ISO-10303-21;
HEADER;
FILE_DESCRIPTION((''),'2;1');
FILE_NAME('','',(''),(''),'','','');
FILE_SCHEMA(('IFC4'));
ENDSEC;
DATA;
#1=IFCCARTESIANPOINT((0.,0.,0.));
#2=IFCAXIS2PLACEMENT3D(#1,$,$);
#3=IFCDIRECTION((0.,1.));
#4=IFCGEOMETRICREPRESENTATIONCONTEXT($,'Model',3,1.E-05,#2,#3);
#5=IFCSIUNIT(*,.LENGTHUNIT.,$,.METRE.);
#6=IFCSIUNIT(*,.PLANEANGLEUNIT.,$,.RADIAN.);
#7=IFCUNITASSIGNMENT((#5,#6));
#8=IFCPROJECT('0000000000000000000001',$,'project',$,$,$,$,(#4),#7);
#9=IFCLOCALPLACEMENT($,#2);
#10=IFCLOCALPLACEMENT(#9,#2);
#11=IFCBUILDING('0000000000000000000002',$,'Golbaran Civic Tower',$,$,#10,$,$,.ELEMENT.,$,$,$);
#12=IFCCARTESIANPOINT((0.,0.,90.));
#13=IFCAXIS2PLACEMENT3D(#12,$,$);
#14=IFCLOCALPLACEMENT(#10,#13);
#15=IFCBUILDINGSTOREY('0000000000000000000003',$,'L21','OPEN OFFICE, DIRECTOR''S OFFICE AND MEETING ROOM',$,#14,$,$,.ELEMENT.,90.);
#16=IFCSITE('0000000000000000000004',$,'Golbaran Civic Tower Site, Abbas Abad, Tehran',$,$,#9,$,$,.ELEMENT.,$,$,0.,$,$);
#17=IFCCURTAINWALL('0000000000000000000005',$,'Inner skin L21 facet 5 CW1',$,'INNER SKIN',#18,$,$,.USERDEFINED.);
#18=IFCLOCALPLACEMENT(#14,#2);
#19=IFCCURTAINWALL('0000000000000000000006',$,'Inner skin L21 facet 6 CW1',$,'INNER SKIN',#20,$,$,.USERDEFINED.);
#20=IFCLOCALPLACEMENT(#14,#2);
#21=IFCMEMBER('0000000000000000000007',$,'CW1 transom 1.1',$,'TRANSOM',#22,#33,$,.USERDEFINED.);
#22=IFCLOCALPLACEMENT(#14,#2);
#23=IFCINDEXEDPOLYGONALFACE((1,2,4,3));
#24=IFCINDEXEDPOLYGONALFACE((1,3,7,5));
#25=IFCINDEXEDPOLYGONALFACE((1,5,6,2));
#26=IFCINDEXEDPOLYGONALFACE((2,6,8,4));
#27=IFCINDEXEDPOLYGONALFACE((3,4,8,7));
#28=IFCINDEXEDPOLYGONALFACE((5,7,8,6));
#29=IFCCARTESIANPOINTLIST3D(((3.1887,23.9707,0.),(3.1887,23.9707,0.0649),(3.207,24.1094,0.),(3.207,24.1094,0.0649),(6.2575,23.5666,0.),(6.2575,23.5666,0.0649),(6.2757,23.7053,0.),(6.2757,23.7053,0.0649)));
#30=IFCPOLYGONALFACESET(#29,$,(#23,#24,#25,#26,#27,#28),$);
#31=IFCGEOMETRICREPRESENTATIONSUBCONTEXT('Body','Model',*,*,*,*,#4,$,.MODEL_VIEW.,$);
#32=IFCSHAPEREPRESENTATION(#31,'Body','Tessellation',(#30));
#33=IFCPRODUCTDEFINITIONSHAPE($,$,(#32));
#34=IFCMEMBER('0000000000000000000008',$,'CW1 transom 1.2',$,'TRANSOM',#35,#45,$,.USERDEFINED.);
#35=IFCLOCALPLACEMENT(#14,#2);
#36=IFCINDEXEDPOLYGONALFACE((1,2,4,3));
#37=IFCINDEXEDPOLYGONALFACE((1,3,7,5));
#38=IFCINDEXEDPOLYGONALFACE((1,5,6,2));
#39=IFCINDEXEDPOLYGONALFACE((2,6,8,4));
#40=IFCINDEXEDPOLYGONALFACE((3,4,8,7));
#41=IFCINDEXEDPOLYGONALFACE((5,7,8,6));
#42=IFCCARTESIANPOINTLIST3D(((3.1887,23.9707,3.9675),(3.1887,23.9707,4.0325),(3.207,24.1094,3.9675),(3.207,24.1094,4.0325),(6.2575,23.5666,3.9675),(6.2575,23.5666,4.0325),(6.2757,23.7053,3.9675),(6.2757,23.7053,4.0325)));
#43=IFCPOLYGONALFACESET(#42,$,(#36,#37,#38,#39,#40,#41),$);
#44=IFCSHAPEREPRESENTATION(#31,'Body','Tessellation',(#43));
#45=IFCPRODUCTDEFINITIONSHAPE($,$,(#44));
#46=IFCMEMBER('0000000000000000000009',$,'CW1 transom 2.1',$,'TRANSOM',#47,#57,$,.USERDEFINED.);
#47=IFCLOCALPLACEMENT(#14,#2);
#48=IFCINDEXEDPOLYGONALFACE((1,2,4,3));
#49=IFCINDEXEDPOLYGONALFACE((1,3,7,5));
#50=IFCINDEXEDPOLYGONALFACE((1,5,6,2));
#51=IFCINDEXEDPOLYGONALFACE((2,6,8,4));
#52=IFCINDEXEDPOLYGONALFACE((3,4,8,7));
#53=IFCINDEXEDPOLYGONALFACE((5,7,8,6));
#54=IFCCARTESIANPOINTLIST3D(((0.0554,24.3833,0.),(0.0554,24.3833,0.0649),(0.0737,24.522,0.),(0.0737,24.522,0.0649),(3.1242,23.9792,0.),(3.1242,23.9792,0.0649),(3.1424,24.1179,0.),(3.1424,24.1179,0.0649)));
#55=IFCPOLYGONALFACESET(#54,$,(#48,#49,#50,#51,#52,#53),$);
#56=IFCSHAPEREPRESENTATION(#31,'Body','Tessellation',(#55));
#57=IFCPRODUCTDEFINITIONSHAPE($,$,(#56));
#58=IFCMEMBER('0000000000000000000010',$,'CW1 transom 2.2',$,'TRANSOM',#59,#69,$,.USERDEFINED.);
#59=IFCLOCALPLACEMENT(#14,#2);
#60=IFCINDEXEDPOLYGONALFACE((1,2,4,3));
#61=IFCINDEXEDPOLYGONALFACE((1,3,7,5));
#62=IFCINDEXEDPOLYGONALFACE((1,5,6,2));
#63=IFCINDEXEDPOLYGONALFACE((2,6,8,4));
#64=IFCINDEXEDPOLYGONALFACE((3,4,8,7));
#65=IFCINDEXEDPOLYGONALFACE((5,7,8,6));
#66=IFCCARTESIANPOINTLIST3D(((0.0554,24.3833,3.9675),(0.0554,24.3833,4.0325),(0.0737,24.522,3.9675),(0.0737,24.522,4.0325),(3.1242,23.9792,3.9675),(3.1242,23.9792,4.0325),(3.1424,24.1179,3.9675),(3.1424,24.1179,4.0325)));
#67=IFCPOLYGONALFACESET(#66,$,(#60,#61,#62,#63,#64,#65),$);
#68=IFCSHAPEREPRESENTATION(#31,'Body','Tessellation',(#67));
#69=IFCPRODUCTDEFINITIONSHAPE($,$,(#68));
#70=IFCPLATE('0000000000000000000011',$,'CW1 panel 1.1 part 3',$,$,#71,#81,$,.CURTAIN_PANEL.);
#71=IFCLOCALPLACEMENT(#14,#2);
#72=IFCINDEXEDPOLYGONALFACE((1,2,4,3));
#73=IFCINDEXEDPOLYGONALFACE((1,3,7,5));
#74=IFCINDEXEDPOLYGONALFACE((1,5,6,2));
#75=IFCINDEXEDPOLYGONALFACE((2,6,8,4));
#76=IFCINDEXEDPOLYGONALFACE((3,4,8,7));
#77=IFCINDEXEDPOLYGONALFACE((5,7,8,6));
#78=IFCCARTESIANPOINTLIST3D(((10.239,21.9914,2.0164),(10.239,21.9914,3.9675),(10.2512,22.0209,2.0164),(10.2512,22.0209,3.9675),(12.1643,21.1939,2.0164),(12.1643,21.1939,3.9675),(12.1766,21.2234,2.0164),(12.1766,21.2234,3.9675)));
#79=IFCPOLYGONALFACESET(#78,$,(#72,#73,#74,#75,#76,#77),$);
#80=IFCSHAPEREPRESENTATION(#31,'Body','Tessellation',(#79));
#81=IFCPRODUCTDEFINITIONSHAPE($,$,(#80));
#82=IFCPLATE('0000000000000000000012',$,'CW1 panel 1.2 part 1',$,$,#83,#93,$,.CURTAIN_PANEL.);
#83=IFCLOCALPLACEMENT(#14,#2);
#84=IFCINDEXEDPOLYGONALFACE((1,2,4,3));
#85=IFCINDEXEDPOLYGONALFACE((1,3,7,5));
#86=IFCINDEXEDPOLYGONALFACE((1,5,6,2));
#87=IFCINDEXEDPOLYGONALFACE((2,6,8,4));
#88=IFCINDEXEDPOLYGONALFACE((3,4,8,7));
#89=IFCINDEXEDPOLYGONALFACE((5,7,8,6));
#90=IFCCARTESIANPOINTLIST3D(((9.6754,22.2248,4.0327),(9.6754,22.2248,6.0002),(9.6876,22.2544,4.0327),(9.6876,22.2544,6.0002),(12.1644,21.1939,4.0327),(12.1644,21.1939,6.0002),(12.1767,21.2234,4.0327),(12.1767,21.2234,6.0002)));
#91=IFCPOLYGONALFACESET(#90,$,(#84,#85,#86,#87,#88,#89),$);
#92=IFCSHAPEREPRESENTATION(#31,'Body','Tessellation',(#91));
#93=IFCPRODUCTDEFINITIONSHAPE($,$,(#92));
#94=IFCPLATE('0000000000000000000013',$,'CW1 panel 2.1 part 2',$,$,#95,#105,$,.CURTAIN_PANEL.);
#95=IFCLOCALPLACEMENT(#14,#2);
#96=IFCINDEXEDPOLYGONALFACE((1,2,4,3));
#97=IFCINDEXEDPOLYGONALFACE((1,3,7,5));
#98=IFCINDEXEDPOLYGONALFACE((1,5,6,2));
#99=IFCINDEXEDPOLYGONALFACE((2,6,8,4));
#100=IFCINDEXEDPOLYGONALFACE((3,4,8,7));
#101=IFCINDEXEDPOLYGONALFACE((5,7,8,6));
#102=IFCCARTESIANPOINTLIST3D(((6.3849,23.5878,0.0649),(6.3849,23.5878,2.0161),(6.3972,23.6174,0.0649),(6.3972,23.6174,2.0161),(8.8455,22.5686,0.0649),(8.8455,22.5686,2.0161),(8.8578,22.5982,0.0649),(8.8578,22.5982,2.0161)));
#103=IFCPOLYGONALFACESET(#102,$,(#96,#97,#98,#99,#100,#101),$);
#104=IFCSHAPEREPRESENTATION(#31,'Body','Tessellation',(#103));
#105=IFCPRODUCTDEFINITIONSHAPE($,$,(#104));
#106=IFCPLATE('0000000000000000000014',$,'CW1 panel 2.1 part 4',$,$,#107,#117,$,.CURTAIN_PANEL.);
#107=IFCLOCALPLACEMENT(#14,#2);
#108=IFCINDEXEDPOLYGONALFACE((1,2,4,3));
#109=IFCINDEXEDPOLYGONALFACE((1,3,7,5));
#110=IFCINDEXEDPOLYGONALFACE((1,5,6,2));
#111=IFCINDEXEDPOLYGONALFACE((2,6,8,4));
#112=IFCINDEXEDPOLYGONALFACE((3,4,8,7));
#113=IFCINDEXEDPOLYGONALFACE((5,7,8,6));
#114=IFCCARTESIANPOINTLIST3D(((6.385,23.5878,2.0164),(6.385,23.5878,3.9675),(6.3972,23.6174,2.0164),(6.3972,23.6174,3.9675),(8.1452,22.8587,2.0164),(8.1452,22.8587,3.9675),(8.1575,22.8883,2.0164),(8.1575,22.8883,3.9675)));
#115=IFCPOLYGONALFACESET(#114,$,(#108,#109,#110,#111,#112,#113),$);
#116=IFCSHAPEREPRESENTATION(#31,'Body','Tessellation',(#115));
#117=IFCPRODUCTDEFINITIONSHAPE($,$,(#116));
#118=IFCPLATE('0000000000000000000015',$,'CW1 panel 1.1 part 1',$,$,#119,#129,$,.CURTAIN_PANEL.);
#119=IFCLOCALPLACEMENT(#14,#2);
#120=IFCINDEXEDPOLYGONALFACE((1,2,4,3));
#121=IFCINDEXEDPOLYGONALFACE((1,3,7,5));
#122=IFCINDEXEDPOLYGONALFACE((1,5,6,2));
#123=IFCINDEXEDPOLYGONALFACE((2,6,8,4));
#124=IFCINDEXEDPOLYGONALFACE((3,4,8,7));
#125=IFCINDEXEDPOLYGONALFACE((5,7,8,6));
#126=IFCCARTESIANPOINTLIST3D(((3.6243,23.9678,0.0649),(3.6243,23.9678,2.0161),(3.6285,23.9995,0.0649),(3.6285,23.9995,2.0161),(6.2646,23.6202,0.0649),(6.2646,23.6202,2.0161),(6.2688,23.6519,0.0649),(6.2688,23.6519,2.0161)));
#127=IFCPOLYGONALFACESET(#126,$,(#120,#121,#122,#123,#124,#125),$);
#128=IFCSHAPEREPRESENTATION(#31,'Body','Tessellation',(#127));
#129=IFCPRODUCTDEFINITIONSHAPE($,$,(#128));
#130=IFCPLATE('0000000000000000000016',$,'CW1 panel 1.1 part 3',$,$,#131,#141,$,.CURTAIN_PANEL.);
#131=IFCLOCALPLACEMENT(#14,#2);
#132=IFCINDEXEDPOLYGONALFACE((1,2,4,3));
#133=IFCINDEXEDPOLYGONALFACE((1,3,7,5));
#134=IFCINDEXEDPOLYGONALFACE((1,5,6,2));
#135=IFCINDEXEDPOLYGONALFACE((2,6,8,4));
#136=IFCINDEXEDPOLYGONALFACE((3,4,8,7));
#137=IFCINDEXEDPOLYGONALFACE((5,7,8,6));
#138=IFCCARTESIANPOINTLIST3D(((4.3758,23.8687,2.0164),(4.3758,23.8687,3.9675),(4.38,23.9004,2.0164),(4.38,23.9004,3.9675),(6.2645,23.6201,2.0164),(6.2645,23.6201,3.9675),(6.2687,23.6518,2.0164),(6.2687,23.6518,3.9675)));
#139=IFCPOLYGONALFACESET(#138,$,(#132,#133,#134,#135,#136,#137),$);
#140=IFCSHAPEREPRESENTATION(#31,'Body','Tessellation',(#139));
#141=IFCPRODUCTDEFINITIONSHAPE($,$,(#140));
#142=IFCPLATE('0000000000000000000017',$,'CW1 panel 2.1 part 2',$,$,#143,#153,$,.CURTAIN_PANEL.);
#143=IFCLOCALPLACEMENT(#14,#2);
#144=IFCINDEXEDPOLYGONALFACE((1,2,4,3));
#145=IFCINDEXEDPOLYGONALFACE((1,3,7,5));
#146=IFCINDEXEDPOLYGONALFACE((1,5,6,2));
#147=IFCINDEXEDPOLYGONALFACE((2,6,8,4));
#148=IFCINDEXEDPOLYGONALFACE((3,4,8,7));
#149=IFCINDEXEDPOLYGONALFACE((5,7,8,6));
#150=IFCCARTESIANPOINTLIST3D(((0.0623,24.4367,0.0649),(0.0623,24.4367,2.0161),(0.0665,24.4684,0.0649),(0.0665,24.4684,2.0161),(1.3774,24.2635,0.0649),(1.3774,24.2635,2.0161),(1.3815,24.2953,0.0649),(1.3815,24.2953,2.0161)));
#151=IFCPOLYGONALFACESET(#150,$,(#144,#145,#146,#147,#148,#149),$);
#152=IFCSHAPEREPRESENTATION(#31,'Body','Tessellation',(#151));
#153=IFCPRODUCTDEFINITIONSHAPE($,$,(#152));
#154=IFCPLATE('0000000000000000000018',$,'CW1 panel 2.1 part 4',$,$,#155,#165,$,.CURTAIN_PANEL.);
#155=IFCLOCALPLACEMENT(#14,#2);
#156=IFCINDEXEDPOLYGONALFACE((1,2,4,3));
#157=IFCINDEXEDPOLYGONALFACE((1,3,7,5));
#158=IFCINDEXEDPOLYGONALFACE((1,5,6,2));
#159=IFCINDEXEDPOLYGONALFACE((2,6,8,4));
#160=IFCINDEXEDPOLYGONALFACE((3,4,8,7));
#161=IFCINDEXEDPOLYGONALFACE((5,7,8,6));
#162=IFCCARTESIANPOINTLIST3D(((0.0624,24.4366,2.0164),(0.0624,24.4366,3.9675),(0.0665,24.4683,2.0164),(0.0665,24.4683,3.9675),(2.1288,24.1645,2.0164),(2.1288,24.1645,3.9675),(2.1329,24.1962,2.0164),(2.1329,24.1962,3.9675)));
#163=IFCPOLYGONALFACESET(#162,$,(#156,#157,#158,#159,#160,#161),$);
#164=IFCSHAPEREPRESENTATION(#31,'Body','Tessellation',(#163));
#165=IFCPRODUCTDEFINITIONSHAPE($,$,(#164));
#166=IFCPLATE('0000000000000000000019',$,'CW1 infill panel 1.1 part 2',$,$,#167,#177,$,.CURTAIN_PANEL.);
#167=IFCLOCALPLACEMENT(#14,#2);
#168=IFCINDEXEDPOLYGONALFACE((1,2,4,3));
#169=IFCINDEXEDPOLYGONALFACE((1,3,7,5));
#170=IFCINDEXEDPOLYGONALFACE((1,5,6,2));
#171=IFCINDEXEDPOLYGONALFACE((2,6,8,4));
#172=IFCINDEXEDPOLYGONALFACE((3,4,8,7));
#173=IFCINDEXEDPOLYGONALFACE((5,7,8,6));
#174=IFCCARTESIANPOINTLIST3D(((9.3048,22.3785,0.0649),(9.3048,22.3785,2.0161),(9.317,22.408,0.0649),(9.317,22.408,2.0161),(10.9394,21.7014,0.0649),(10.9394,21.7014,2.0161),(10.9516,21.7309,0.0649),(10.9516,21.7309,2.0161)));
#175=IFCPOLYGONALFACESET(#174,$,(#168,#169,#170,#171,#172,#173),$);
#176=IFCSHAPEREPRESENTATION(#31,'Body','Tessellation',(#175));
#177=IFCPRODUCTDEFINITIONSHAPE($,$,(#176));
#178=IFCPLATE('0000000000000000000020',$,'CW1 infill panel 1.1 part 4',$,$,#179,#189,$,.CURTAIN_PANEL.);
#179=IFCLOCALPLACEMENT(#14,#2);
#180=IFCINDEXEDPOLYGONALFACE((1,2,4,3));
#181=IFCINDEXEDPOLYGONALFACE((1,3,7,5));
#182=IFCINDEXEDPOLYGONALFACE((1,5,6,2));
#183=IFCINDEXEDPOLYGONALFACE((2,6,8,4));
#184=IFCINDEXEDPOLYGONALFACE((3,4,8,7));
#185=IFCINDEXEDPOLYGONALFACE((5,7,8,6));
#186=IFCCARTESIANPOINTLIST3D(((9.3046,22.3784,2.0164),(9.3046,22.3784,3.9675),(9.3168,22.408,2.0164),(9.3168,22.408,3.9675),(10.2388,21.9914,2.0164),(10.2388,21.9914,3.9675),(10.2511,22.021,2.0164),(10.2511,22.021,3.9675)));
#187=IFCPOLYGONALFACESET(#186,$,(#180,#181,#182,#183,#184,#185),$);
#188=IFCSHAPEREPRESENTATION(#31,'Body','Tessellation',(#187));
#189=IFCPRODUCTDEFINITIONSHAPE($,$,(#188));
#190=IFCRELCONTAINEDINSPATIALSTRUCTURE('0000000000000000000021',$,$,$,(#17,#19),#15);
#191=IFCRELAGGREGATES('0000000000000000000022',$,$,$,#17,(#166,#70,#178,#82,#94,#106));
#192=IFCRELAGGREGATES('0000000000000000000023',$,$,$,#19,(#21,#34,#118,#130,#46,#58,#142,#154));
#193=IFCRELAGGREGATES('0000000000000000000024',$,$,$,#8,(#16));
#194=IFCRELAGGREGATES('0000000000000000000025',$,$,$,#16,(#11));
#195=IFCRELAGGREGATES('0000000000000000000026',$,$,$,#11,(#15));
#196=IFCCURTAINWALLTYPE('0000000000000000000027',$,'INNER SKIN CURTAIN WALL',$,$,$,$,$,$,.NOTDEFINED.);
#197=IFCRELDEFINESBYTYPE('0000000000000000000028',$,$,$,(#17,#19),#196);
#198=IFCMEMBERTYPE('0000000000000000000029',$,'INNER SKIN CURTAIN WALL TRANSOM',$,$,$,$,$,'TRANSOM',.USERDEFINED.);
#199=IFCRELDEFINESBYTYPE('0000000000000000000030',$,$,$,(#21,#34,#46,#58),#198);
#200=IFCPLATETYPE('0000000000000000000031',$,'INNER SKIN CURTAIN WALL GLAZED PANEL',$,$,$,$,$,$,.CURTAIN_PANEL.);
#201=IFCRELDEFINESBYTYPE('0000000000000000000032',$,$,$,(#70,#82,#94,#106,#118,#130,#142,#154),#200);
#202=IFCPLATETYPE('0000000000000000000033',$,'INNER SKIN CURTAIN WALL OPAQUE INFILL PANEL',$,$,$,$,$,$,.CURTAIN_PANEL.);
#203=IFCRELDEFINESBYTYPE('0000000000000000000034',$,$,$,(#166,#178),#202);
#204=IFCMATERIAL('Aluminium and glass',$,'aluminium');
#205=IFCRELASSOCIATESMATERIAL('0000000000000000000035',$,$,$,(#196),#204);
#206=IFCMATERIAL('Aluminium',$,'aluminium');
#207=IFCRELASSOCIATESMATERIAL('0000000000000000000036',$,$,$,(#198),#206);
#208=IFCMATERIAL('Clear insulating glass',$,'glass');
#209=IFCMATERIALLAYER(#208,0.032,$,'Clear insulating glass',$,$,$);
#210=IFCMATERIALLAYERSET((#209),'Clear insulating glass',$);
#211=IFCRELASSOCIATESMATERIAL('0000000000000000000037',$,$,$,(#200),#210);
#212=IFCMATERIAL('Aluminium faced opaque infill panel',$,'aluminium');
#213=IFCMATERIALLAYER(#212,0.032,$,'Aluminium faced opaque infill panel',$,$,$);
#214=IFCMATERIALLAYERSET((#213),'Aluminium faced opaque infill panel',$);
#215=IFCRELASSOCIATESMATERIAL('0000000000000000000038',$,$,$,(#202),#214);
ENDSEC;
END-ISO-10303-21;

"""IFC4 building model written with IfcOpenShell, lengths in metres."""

from ifc_helpers import new_model, si_unit, direction, frame, origin, origin_2d, place, context, subcontext, project, spatial, rectangle, extrude, material, layer, layer_set, material_profile, profile_set, type_object, element, aggregate, save


model = new_model("IFC4")

# Units and contexts
model_context = context("Model", 3, precision=1e-05, world=origin(), true_north=direction((0.0, 1.0)))
body_context = subcontext(model_context, "Body", "Model", "MODEL_VIEW")
ifc_project = project(units=[si_unit("LENGTHUNIT", "METRE"), si_unit("PLANEANGLEUNIT", "RADIAN")], contexts=[model_context])

# Site, building, storey
site_placement = place(None, origin())
site = spatial("IfcSite", under=ifc_project, at=site_placement, Name="Golbaran Civic Tower Site, Abbas Abad, Tehran", CompositionType="ELEMENT", RefElevation=0.0)
building_placement = place(site_placement, origin())
building = spatial("IfcBuilding", under=site, at=building_placement, Name="Golbaran Civic Tower", CompositionType="ELEMENT")
storey_placement = place(building_placement, frame((0.0, 0.0, 90.0)))
storey = spatial("IfcBuildingStorey", under=building, at=storey_placement, Name="L21", Description="OPEN OFFICE, DIRECTOR'S OFFICE AND MEETING ROOM", CompositionType="ELEMENT", Elevation=90.0)

# Curtain walls
ifc_material_1 = material(Name="Aluminium and glass", Category="aluminium")
curtain_wall_type = type_object("IfcCurtainWallType", Name="INNER SKIN CURTAIN WALL", PredefinedType="NOTDEFINED", material=ifc_material_1)
curtain_wall_1_placement = place(storey_placement, origin())
curtain_wall_1 = element("IfcCurtainWall", 1, at=curtain_wall_1_placement, inside=storey, type_object=curtain_wall_type, Name="Inner skin L21 facet 5 CW1", ObjectType="INNER SKIN", PredefinedType="USERDEFINED")
ifc_material_2 = material(Name="Aluminium", Category="aluminium")
curtain_wall_2_placement = place(storey_placement, origin())
curtain_wall_2 = element("IfcCurtainWall", 2, at=curtain_wall_2_placement, inside=storey, type_object=curtain_wall_type, Name="Inner skin L21 facet 6 CW1", ObjectType="INNER SKIN", PredefinedType="USERDEFINED")

# Members
ifc_material_profile_1 = material_profile(ifc_material_2, rectangle(XDim=0.1399, YDim=0.0649, at=origin_2d()), Name="INNER SKIN CURTAIN WALL TRANSOM")
ifc_profile_set_1 = profile_set([ifc_material_profile_1], Name="Aluminium")
member_type_1 = type_object("IfcMemberType", Name="INNER SKIN CURTAIN WALL TRANSOM", ElementType="TRANSOM", PredefinedType="USERDEFINED", material=ifc_profile_set_1)
member_1_placement = place(storey_placement, frame((6.2666, 23.636, 0.0325), z_axis=(-0.991444, 0.130536, 0.0), x_axis=(-0.130536, -0.991444, 0.0)))
member_1 = element("IfcMember", 3, at=member_1_placement, type_object=member_type_1, Name="CW1 transom 1.1", ObjectType="TRANSOM", PredefinedType="USERDEFINED", context=body_context, shape_type="SweptSolid", body=[
    extrude(rectangle(XDim=0.1399, YDim=0.0649, at=origin_2d()), origin(), (0.0, 0.0, 1.0), 3.0952),
])
member_2_placement = place(storey_placement, frame((6.2666, 23.636, 4.0), z_axis=(-0.991444, 0.130536, 0.0), x_axis=(-0.130536, -0.991444, 0.0)))
member_2 = element("IfcMember", 4, at=member_2_placement, type_object=member_type_1, Name="CW1 transom 1.2", ObjectType="TRANSOM", PredefinedType="USERDEFINED", context=body_context, shape_type="SweptSolid", body=[
    extrude(rectangle(XDim=0.1399, YDim=0.0649, at=origin_2d()), origin(), (0.0, 0.0, 1.0), 3.0952),
])
member_3_placement = place(storey_placement, frame((3.1333, 24.0486, 0.0325), z_axis=(-0.991444, 0.130536, 0.0), x_axis=(-0.130536, -0.991444, 0.0)))
member_3 = element("IfcMember", 5, at=member_3_placement, type_object=member_type_1, Name="CW1 transom 2.1", ObjectType="TRANSOM", PredefinedType="USERDEFINED", context=body_context, shape_type="SweptSolid", body=[
    extrude(rectangle(XDim=0.1399, YDim=0.0649, at=origin_2d()), origin(), (0.0, 0.0, 1.0), 3.0952),
])
member_4_placement = place(storey_placement, frame((3.1333, 24.0486, 4.0), z_axis=(-0.991444, 0.130536, 0.0), x_axis=(-0.130536, -0.991444, 0.0)))
member_4 = element("IfcMember", 6, at=member_4_placement, type_object=member_type_1, Name="CW1 transom 2.2", ObjectType="TRANSOM", PredefinedType="USERDEFINED", context=body_context, shape_type="SweptSolid", body=[
    extrude(rectangle(XDim=0.1399, YDim=0.0649, at=origin_2d()), origin(), (0.0, 0.0, 1.0), 3.0952),
])

# Plates
ifc_material_3 = material(Name="Clear insulating glass", Category="glass")
ifc_layer_1 = layer(ifc_material_3, 0.032, Name="Clear insulating glass")
ifc_layer_set_1 = layer_set([ifc_layer_1], Name="Clear insulating glass")
plate_type_1 = type_object("IfcPlateType", Name="INNER SKIN CURTAIN WALL GLAZED PANEL", PredefinedType="CURTAIN_PANEL", material=ifc_layer_set_1)
plate_1_placement = place(storey_placement, frame((11.2078, 21.6074, 2.0164), z_axis=(0.0, 0.0, 1.0), x_axis=(-0.92388, 0.382683, 0.0)))
plate_1 = element("IfcPlate", 7, at=plate_1_placement, type_object=plate_type_1, Name="CW1 panel 1.1 part 3", PredefinedType="CURTAIN_PANEL", context=body_context, shape_type="SweptSolid", body=[
    extrude(rectangle(XDim=2.084, YDim=0.032, at=origin_2d()), origin(), (0.0, 0.0, 1.0), 1.9512),
])
plate_2_placement = place(storey_placement, frame((10.926, 21.7241, 4.0327), z_axis=(0.0, 0.0, 1.0), x_axis=(-0.92388, 0.382683, 0.0)))
plate_2 = element("IfcPlate", 8, at=plate_2_placement, type_object=plate_type_1, Name="CW1 panel 1.2 part 1", PredefinedType="CURTAIN_PANEL", context=body_context, shape_type="SweptSolid", body=[
    extrude(rectangle(XDim=2.6941, YDim=0.032, at=origin_2d()), origin(), (0.0, 0.0, 1.0), 1.9675),
])
plate_3_placement = place(storey_placement, frame((7.6213, 23.093, 0.0649), z_axis=(0.0, 0.0, 1.0), x_axis=(-0.92388, 0.382683, 0.0)))
plate_3 = element("IfcPlate", 9, at=plate_3_placement, type_object=plate_type_1, Name="CW1 panel 2.1 part 2", PredefinedType="CURTAIN_PANEL", context=body_context, shape_type="SweptSolid", body=[
    extrude(rectangle(XDim=2.6633, YDim=0.032, at=origin_2d()), origin(), (0.0, 0.0, 1.0), 1.9512),
])
plate_4_placement = place(storey_placement, frame((7.2712, 23.238, 2.0164), z_axis=(0.0, 0.0, 1.0), x_axis=(-0.92388, 0.382683, 0.0)))
plate_4 = element("IfcPlate", 10, at=plate_4_placement, type_object=plate_type_1, Name="CW1 panel 2.1 part 4", PredefinedType="CURTAIN_PANEL", context=body_context, shape_type="SweptSolid", body=[
    extrude(rectangle(XDim=1.9053, YDim=0.032, at=origin_2d()), origin(), (0.0, 0.0, 1.0), 1.9512),
])
plate_5_placement = place(storey_placement, frame((4.9465, 23.8098, 0.0649), z_axis=(0.0, 0.0, 1.0), x_axis=(-0.991445, 0.130526, 0.0)))
plate_5 = element("IfcPlate", 11, at=plate_5_placement, type_object=plate_type_1, Name="CW1 panel 1.1 part 1", PredefinedType="CURTAIN_PANEL", context=body_context, shape_type="SweptSolid", body=[
    extrude(rectangle(XDim=2.6631, YDim=0.032, at=origin_2d()), origin(), (0.0, 0.0, 1.0), 1.9512),
])
plate_6_placement = place(storey_placement, frame((5.3223, 23.7603, 2.0164), z_axis=(0.0, 0.0, 1.0), x_axis=(-0.991445, 0.130526, 0.0)))
plate_6 = element("IfcPlate", 12, at=plate_6_placement, type_object=plate_type_1, Name="CW1 panel 1.1 part 3", PredefinedType="CURTAIN_PANEL", context=body_context, shape_type="SweptSolid", body=[
    extrude(rectangle(XDim=1.905, YDim=0.032, at=origin_2d()), origin(), (0.0, 0.0, 1.0), 1.9512),
])
plate_7_placement = place(storey_placement, frame((0.7219, 24.366, 0.0649), z_axis=(0.0, 0.0, 1.0), x_axis=(-0.991445, 0.130526, 0.0)))
plate_7 = element("IfcPlate", 13, at=plate_7_placement, type_object=plate_type_1, Name="CW1 panel 2.1 part 2", PredefinedType="CURTAIN_PANEL", context=body_context, shape_type="SweptSolid", body=[
    extrude(rectangle(XDim=1.3264, YDim=0.032, at=origin_2d()), origin(), (0.0, 0.0, 1.0), 1.9512),
])
plate_8_placement = place(storey_placement, frame((1.0977, 24.3164, 2.0164), z_axis=(0.0, 0.0, 1.0), x_axis=(-0.991445, 0.130526, 0.0)))
plate_8 = element("IfcPlate", 14, at=plate_8_placement, type_object=plate_type_1, Name="CW1 panel 2.1 part 4", PredefinedType="CURTAIN_PANEL", context=body_context, shape_type="SweptSolid", body=[
    extrude(rectangle(XDim=2.0842, YDim=0.032, at=origin_2d()), origin(), (0.0, 0.0, 1.0), 1.9512),
])
ifc_material_4 = material(Name="Aluminium faced opaque infill panel", Category="aluminium")
ifc_layer_2 = layer(ifc_material_4, 0.032, Name="Aluminium faced opaque infill panel")
ifc_layer_set_2 = layer_set([ifc_layer_2], Name="Aluminium faced opaque infill panel")
plate_type_2 = type_object("IfcPlateType", Name="INNER SKIN CURTAIN WALL OPAQUE INFILL PANEL", PredefinedType="CURTAIN_PANEL", material=ifc_layer_set_2)
plate_9_placement = place(storey_placement, frame((10.1282, 22.0547, 0.0649), z_axis=(0.0, 0.0, 1.0), x_axis=(-0.92388, 0.382683, 0.0)))
plate_9 = element("IfcPlate", 15, at=plate_9_placement, type_object=plate_type_2, Name="CW1 infill panel 1.1 part 2", PredefinedType="CURTAIN_PANEL", context=body_context, shape_type="SweptSolid", body=[
    extrude(rectangle(XDim=1.7693, YDim=0.032, at=origin_2d()), origin(), (0.0, 0.0, 1.0), 1.9512),
])
plate_10_placement = place(storey_placement, frame((9.7778, 22.1997, 2.0164), z_axis=(0.0, 0.0, 1.0), x_axis=(-0.92388, 0.382683, 0.0)))
plate_10 = element("IfcPlate", 16, at=plate_10_placement, type_object=plate_type_2, Name="CW1 infill panel 1.1 part 4", PredefinedType="CURTAIN_PANEL", context=body_context, shape_type="SweptSolid", body=[
    extrude(rectangle(XDim=1.0112, YDim=0.032, at=origin_2d()), origin(), (0.0, 0.0, 1.0), 1.9512),
])
aggregate(curtain_wall_1, [plate_9, plate_1, plate_10, plate_2, plate_3, plate_4])
aggregate(curtain_wall_2, [member_1, member_2, plate_5, plate_6, member_3, member_4, plate_7, plate_8])

save(model, "model.ifc")
